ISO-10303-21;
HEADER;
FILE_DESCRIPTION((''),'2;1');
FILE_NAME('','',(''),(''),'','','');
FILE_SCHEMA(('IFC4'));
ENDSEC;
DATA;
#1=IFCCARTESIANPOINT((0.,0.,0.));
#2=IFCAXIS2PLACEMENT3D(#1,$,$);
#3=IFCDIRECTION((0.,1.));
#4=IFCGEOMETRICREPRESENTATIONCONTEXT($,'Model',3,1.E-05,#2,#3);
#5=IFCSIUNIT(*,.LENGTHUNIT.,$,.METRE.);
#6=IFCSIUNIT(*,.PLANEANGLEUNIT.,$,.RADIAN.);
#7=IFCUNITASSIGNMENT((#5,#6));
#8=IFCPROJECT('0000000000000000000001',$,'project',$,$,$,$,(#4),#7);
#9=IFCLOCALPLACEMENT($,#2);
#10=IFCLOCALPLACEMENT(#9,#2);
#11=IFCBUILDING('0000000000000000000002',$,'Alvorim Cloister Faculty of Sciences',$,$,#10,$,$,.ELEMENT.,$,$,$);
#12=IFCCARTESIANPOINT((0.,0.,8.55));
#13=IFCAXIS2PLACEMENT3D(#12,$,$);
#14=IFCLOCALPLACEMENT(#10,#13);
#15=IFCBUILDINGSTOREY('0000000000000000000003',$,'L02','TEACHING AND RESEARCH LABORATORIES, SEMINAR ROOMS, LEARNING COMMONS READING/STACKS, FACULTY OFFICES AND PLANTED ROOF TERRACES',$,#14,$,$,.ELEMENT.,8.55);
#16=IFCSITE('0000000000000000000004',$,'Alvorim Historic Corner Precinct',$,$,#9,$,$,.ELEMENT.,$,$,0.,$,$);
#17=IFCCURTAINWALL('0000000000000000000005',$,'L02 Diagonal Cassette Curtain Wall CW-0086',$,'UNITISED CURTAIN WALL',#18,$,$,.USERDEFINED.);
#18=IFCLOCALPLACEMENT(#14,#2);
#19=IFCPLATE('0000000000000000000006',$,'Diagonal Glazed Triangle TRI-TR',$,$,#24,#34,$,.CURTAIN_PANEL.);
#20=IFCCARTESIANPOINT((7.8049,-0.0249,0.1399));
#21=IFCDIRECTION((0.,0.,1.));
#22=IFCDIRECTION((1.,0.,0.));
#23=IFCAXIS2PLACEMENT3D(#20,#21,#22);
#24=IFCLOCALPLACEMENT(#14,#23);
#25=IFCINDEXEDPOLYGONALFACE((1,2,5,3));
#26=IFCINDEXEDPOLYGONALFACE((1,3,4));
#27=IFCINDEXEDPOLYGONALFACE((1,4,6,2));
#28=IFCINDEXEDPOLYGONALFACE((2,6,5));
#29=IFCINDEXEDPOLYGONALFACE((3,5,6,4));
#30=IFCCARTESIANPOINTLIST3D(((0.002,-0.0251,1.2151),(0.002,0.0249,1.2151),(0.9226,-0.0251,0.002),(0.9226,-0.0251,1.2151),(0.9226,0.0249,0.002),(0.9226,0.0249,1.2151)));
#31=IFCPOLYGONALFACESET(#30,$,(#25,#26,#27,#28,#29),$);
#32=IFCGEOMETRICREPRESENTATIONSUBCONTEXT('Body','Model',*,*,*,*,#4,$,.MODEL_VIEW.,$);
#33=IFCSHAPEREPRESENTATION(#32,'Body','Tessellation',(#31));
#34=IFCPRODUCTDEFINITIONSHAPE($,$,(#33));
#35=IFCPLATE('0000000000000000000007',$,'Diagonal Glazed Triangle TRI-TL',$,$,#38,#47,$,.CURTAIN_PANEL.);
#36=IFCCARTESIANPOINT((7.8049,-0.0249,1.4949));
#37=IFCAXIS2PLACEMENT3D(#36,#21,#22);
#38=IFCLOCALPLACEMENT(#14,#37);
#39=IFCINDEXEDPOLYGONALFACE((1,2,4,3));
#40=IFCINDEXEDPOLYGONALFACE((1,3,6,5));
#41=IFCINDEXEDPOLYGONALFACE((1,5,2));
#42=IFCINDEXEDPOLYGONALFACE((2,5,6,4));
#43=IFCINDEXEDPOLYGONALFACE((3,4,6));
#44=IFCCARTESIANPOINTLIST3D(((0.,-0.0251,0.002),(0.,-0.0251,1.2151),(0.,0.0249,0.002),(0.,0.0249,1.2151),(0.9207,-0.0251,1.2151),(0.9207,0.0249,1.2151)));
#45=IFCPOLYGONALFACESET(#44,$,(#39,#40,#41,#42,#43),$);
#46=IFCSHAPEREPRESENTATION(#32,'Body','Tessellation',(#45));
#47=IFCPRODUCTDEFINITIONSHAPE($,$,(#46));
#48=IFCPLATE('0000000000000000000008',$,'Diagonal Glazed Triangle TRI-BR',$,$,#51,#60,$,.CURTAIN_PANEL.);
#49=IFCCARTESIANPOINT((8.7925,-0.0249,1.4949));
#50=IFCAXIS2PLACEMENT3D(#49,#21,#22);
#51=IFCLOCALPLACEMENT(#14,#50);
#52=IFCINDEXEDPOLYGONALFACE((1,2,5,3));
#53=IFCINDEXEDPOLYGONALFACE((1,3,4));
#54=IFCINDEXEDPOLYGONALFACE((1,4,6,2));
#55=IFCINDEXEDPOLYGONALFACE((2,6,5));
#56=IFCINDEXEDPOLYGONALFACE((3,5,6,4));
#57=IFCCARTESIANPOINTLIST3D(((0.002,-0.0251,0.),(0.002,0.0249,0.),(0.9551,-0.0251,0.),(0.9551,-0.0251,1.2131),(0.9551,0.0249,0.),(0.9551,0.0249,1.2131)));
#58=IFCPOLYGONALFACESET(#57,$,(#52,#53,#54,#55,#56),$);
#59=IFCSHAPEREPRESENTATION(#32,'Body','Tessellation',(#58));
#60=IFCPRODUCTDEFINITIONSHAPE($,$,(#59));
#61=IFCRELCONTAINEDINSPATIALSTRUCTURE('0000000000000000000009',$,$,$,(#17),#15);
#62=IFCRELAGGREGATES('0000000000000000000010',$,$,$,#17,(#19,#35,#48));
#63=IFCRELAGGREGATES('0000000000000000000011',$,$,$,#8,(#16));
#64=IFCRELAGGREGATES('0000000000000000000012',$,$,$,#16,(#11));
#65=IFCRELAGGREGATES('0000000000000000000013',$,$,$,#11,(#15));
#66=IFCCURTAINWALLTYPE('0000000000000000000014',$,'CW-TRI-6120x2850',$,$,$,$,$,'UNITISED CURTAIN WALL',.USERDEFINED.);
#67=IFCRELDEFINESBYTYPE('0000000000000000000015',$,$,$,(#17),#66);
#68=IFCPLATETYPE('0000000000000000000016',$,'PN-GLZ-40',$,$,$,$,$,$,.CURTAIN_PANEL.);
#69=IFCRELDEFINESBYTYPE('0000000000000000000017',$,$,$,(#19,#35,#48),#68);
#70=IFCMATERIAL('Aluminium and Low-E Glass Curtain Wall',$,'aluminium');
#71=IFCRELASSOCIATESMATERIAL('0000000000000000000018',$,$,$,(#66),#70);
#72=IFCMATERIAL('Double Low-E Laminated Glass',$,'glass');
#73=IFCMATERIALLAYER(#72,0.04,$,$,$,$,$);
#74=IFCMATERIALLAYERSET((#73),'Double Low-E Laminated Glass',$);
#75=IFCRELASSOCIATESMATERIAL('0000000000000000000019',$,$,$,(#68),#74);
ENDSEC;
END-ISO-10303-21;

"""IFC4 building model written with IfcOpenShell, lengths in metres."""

from ifc_helpers import new_model, si_unit, direction, frame, origin, place, context, subcontext, project, spatial, polyline, outline, extrude, material, layer, layer_set, type_object, element, aggregate, save


model = new_model("IFC4")

# Units and contexts
model_context = context("Model", 3, precision=1e-05, world=origin(), true_north=direction((0.0, 1.0)))
body_context = subcontext(model_context, "Body", "Model", "MODEL_VIEW")
ifc_project = project(units=[si_unit("LENGTHUNIT", "METRE"), si_unit("PLANEANGLEUNIT", "RADIAN")], contexts=[model_context])

# Site, building, storey
site_placement = place(None, origin())
site = spatial("IfcSite", under=ifc_project, at=site_placement, Name="Alvorim Historic Corner Precinct", CompositionType="ELEMENT", RefElevation=0.0)
building_placement = place(site_placement, origin())
building = spatial("IfcBuilding", under=site, at=building_placement, Name="Alvorim Cloister Faculty of Sciences", CompositionType="ELEMENT")
storey_placement = place(building_placement, frame((0.0, 0.0, 8.55)))
storey = spatial("IfcBuildingStorey", under=building, at=storey_placement, Name="L02", Description="TEACHING AND RESEARCH LABORATORIES, SEMINAR ROOMS, LEARNING COMMONS READING/STACKS, FACULTY OFFICES AND PLANTED ROOF TERRACES", CompositionType="ELEMENT", Elevation=8.55)

# Curtain wall
ifc_material_1 = material(Name="Aluminium and Low-E Glass Curtain Wall", Category="aluminium")
curtain_wall_type = type_object("IfcCurtainWallType", Name="CW-TRI-6120x2850", ElementType="UNITISED CURTAIN WALL", PredefinedType="USERDEFINED", material=ifc_material_1)
curtain_wall_1_placement = place(storey_placement, origin())
curtain_wall_1 = element("IfcCurtainWall", 1, at=curtain_wall_1_placement, inside=storey, type_object=curtain_wall_type, Name="L02 Diagonal Cassette Curtain Wall CW-0086", ObjectType="UNITISED CURTAIN WALL", PredefinedType="USERDEFINED")

# Plates
ifc_material_2 = material(Name="Double Low-E Laminated Glass", Category="glass")
ifc_layer_1 = layer(ifc_material_2, 0.04)
ifc_layer_set_1 = layer_set([ifc_layer_1], Name="Double Low-E Laminated Glass")
plate_type = type_object("IfcPlateType", Name="PN-GLZ-40", PredefinedType="CURTAIN_PANEL", material=ifc_layer_set_1)
plate_1_placement = place(storey_placement, frame((7.8049, -0.0249, 0.1399), z_axis=(0.0, 0.0, 1.0), x_axis=(1.0, 0.0, 0.0)))
plate_1 = element("IfcPlate", 2, at=plate_1_placement, type_object=plate_type, Name="Diagonal Glazed Triangle TRI-TR", PredefinedType="CURTAIN_PANEL", context=body_context, shape_type="SweptSolid", body=[
    extrude(outline(polyline([(0.9226, 0.002), (0.9226, 1.2151), (0.002, 1.2151), (0.9226, 0.002)])), frame((0.0, 0.0249, 0.0), z_axis=(0.0, -1.0, 0.0), x_axis=(1.0, 0.0, 0.0)), (0.0, 0.0, 1.0), 0.05),
])
plate_2_placement = place(storey_placement, frame((7.8049, -0.0249, 1.4949), z_axis=(0.0, 0.0, 1.0), x_axis=(1.0, 0.0, 0.0)))
plate_2 = element("IfcPlate", 3, at=plate_2_placement, type_object=plate_type, Name="Diagonal Glazed Triangle TRI-TL", PredefinedType="CURTAIN_PANEL", context=body_context, shape_type="SweptSolid", body=[
    extrude(outline(polyline([(0.9207, 1.2151), (0.0, 1.2151), (0.0, 0.002), (0.9207, 1.2151)])), frame((0.0, 0.0249, 0.0), z_axis=(0.0, -1.0, 0.0), x_axis=(1.0, 0.0, 0.0)), (0.0, 0.0, 1.0), 0.05),
])
plate_3_placement = place(storey_placement, frame((8.7925, -0.0249, 1.4949), z_axis=(0.0, 0.0, 1.0), x_axis=(1.0, 0.0, 0.0)))
plate_3 = element("IfcPlate", 4, at=plate_3_placement, type_object=plate_type, Name="Diagonal Glazed Triangle TRI-BR", PredefinedType="CURTAIN_PANEL", context=body_context, shape_type="SweptSolid", body=[
    extrude(outline(polyline([(0.002, 0.0), (0.9551, 0.0), (0.9551, 1.2131), (0.002, 0.0)])), frame((0.0, 0.0249, 0.0), z_axis=(0.0, -1.0, 0.0), x_axis=(1.0, 0.0, 0.0)), (0.0, 0.0, 1.0), 0.05),
])
aggregate(curtain_wall_1, [plate_1, plate_2, plate_3])

save(model, "model.ifc")
